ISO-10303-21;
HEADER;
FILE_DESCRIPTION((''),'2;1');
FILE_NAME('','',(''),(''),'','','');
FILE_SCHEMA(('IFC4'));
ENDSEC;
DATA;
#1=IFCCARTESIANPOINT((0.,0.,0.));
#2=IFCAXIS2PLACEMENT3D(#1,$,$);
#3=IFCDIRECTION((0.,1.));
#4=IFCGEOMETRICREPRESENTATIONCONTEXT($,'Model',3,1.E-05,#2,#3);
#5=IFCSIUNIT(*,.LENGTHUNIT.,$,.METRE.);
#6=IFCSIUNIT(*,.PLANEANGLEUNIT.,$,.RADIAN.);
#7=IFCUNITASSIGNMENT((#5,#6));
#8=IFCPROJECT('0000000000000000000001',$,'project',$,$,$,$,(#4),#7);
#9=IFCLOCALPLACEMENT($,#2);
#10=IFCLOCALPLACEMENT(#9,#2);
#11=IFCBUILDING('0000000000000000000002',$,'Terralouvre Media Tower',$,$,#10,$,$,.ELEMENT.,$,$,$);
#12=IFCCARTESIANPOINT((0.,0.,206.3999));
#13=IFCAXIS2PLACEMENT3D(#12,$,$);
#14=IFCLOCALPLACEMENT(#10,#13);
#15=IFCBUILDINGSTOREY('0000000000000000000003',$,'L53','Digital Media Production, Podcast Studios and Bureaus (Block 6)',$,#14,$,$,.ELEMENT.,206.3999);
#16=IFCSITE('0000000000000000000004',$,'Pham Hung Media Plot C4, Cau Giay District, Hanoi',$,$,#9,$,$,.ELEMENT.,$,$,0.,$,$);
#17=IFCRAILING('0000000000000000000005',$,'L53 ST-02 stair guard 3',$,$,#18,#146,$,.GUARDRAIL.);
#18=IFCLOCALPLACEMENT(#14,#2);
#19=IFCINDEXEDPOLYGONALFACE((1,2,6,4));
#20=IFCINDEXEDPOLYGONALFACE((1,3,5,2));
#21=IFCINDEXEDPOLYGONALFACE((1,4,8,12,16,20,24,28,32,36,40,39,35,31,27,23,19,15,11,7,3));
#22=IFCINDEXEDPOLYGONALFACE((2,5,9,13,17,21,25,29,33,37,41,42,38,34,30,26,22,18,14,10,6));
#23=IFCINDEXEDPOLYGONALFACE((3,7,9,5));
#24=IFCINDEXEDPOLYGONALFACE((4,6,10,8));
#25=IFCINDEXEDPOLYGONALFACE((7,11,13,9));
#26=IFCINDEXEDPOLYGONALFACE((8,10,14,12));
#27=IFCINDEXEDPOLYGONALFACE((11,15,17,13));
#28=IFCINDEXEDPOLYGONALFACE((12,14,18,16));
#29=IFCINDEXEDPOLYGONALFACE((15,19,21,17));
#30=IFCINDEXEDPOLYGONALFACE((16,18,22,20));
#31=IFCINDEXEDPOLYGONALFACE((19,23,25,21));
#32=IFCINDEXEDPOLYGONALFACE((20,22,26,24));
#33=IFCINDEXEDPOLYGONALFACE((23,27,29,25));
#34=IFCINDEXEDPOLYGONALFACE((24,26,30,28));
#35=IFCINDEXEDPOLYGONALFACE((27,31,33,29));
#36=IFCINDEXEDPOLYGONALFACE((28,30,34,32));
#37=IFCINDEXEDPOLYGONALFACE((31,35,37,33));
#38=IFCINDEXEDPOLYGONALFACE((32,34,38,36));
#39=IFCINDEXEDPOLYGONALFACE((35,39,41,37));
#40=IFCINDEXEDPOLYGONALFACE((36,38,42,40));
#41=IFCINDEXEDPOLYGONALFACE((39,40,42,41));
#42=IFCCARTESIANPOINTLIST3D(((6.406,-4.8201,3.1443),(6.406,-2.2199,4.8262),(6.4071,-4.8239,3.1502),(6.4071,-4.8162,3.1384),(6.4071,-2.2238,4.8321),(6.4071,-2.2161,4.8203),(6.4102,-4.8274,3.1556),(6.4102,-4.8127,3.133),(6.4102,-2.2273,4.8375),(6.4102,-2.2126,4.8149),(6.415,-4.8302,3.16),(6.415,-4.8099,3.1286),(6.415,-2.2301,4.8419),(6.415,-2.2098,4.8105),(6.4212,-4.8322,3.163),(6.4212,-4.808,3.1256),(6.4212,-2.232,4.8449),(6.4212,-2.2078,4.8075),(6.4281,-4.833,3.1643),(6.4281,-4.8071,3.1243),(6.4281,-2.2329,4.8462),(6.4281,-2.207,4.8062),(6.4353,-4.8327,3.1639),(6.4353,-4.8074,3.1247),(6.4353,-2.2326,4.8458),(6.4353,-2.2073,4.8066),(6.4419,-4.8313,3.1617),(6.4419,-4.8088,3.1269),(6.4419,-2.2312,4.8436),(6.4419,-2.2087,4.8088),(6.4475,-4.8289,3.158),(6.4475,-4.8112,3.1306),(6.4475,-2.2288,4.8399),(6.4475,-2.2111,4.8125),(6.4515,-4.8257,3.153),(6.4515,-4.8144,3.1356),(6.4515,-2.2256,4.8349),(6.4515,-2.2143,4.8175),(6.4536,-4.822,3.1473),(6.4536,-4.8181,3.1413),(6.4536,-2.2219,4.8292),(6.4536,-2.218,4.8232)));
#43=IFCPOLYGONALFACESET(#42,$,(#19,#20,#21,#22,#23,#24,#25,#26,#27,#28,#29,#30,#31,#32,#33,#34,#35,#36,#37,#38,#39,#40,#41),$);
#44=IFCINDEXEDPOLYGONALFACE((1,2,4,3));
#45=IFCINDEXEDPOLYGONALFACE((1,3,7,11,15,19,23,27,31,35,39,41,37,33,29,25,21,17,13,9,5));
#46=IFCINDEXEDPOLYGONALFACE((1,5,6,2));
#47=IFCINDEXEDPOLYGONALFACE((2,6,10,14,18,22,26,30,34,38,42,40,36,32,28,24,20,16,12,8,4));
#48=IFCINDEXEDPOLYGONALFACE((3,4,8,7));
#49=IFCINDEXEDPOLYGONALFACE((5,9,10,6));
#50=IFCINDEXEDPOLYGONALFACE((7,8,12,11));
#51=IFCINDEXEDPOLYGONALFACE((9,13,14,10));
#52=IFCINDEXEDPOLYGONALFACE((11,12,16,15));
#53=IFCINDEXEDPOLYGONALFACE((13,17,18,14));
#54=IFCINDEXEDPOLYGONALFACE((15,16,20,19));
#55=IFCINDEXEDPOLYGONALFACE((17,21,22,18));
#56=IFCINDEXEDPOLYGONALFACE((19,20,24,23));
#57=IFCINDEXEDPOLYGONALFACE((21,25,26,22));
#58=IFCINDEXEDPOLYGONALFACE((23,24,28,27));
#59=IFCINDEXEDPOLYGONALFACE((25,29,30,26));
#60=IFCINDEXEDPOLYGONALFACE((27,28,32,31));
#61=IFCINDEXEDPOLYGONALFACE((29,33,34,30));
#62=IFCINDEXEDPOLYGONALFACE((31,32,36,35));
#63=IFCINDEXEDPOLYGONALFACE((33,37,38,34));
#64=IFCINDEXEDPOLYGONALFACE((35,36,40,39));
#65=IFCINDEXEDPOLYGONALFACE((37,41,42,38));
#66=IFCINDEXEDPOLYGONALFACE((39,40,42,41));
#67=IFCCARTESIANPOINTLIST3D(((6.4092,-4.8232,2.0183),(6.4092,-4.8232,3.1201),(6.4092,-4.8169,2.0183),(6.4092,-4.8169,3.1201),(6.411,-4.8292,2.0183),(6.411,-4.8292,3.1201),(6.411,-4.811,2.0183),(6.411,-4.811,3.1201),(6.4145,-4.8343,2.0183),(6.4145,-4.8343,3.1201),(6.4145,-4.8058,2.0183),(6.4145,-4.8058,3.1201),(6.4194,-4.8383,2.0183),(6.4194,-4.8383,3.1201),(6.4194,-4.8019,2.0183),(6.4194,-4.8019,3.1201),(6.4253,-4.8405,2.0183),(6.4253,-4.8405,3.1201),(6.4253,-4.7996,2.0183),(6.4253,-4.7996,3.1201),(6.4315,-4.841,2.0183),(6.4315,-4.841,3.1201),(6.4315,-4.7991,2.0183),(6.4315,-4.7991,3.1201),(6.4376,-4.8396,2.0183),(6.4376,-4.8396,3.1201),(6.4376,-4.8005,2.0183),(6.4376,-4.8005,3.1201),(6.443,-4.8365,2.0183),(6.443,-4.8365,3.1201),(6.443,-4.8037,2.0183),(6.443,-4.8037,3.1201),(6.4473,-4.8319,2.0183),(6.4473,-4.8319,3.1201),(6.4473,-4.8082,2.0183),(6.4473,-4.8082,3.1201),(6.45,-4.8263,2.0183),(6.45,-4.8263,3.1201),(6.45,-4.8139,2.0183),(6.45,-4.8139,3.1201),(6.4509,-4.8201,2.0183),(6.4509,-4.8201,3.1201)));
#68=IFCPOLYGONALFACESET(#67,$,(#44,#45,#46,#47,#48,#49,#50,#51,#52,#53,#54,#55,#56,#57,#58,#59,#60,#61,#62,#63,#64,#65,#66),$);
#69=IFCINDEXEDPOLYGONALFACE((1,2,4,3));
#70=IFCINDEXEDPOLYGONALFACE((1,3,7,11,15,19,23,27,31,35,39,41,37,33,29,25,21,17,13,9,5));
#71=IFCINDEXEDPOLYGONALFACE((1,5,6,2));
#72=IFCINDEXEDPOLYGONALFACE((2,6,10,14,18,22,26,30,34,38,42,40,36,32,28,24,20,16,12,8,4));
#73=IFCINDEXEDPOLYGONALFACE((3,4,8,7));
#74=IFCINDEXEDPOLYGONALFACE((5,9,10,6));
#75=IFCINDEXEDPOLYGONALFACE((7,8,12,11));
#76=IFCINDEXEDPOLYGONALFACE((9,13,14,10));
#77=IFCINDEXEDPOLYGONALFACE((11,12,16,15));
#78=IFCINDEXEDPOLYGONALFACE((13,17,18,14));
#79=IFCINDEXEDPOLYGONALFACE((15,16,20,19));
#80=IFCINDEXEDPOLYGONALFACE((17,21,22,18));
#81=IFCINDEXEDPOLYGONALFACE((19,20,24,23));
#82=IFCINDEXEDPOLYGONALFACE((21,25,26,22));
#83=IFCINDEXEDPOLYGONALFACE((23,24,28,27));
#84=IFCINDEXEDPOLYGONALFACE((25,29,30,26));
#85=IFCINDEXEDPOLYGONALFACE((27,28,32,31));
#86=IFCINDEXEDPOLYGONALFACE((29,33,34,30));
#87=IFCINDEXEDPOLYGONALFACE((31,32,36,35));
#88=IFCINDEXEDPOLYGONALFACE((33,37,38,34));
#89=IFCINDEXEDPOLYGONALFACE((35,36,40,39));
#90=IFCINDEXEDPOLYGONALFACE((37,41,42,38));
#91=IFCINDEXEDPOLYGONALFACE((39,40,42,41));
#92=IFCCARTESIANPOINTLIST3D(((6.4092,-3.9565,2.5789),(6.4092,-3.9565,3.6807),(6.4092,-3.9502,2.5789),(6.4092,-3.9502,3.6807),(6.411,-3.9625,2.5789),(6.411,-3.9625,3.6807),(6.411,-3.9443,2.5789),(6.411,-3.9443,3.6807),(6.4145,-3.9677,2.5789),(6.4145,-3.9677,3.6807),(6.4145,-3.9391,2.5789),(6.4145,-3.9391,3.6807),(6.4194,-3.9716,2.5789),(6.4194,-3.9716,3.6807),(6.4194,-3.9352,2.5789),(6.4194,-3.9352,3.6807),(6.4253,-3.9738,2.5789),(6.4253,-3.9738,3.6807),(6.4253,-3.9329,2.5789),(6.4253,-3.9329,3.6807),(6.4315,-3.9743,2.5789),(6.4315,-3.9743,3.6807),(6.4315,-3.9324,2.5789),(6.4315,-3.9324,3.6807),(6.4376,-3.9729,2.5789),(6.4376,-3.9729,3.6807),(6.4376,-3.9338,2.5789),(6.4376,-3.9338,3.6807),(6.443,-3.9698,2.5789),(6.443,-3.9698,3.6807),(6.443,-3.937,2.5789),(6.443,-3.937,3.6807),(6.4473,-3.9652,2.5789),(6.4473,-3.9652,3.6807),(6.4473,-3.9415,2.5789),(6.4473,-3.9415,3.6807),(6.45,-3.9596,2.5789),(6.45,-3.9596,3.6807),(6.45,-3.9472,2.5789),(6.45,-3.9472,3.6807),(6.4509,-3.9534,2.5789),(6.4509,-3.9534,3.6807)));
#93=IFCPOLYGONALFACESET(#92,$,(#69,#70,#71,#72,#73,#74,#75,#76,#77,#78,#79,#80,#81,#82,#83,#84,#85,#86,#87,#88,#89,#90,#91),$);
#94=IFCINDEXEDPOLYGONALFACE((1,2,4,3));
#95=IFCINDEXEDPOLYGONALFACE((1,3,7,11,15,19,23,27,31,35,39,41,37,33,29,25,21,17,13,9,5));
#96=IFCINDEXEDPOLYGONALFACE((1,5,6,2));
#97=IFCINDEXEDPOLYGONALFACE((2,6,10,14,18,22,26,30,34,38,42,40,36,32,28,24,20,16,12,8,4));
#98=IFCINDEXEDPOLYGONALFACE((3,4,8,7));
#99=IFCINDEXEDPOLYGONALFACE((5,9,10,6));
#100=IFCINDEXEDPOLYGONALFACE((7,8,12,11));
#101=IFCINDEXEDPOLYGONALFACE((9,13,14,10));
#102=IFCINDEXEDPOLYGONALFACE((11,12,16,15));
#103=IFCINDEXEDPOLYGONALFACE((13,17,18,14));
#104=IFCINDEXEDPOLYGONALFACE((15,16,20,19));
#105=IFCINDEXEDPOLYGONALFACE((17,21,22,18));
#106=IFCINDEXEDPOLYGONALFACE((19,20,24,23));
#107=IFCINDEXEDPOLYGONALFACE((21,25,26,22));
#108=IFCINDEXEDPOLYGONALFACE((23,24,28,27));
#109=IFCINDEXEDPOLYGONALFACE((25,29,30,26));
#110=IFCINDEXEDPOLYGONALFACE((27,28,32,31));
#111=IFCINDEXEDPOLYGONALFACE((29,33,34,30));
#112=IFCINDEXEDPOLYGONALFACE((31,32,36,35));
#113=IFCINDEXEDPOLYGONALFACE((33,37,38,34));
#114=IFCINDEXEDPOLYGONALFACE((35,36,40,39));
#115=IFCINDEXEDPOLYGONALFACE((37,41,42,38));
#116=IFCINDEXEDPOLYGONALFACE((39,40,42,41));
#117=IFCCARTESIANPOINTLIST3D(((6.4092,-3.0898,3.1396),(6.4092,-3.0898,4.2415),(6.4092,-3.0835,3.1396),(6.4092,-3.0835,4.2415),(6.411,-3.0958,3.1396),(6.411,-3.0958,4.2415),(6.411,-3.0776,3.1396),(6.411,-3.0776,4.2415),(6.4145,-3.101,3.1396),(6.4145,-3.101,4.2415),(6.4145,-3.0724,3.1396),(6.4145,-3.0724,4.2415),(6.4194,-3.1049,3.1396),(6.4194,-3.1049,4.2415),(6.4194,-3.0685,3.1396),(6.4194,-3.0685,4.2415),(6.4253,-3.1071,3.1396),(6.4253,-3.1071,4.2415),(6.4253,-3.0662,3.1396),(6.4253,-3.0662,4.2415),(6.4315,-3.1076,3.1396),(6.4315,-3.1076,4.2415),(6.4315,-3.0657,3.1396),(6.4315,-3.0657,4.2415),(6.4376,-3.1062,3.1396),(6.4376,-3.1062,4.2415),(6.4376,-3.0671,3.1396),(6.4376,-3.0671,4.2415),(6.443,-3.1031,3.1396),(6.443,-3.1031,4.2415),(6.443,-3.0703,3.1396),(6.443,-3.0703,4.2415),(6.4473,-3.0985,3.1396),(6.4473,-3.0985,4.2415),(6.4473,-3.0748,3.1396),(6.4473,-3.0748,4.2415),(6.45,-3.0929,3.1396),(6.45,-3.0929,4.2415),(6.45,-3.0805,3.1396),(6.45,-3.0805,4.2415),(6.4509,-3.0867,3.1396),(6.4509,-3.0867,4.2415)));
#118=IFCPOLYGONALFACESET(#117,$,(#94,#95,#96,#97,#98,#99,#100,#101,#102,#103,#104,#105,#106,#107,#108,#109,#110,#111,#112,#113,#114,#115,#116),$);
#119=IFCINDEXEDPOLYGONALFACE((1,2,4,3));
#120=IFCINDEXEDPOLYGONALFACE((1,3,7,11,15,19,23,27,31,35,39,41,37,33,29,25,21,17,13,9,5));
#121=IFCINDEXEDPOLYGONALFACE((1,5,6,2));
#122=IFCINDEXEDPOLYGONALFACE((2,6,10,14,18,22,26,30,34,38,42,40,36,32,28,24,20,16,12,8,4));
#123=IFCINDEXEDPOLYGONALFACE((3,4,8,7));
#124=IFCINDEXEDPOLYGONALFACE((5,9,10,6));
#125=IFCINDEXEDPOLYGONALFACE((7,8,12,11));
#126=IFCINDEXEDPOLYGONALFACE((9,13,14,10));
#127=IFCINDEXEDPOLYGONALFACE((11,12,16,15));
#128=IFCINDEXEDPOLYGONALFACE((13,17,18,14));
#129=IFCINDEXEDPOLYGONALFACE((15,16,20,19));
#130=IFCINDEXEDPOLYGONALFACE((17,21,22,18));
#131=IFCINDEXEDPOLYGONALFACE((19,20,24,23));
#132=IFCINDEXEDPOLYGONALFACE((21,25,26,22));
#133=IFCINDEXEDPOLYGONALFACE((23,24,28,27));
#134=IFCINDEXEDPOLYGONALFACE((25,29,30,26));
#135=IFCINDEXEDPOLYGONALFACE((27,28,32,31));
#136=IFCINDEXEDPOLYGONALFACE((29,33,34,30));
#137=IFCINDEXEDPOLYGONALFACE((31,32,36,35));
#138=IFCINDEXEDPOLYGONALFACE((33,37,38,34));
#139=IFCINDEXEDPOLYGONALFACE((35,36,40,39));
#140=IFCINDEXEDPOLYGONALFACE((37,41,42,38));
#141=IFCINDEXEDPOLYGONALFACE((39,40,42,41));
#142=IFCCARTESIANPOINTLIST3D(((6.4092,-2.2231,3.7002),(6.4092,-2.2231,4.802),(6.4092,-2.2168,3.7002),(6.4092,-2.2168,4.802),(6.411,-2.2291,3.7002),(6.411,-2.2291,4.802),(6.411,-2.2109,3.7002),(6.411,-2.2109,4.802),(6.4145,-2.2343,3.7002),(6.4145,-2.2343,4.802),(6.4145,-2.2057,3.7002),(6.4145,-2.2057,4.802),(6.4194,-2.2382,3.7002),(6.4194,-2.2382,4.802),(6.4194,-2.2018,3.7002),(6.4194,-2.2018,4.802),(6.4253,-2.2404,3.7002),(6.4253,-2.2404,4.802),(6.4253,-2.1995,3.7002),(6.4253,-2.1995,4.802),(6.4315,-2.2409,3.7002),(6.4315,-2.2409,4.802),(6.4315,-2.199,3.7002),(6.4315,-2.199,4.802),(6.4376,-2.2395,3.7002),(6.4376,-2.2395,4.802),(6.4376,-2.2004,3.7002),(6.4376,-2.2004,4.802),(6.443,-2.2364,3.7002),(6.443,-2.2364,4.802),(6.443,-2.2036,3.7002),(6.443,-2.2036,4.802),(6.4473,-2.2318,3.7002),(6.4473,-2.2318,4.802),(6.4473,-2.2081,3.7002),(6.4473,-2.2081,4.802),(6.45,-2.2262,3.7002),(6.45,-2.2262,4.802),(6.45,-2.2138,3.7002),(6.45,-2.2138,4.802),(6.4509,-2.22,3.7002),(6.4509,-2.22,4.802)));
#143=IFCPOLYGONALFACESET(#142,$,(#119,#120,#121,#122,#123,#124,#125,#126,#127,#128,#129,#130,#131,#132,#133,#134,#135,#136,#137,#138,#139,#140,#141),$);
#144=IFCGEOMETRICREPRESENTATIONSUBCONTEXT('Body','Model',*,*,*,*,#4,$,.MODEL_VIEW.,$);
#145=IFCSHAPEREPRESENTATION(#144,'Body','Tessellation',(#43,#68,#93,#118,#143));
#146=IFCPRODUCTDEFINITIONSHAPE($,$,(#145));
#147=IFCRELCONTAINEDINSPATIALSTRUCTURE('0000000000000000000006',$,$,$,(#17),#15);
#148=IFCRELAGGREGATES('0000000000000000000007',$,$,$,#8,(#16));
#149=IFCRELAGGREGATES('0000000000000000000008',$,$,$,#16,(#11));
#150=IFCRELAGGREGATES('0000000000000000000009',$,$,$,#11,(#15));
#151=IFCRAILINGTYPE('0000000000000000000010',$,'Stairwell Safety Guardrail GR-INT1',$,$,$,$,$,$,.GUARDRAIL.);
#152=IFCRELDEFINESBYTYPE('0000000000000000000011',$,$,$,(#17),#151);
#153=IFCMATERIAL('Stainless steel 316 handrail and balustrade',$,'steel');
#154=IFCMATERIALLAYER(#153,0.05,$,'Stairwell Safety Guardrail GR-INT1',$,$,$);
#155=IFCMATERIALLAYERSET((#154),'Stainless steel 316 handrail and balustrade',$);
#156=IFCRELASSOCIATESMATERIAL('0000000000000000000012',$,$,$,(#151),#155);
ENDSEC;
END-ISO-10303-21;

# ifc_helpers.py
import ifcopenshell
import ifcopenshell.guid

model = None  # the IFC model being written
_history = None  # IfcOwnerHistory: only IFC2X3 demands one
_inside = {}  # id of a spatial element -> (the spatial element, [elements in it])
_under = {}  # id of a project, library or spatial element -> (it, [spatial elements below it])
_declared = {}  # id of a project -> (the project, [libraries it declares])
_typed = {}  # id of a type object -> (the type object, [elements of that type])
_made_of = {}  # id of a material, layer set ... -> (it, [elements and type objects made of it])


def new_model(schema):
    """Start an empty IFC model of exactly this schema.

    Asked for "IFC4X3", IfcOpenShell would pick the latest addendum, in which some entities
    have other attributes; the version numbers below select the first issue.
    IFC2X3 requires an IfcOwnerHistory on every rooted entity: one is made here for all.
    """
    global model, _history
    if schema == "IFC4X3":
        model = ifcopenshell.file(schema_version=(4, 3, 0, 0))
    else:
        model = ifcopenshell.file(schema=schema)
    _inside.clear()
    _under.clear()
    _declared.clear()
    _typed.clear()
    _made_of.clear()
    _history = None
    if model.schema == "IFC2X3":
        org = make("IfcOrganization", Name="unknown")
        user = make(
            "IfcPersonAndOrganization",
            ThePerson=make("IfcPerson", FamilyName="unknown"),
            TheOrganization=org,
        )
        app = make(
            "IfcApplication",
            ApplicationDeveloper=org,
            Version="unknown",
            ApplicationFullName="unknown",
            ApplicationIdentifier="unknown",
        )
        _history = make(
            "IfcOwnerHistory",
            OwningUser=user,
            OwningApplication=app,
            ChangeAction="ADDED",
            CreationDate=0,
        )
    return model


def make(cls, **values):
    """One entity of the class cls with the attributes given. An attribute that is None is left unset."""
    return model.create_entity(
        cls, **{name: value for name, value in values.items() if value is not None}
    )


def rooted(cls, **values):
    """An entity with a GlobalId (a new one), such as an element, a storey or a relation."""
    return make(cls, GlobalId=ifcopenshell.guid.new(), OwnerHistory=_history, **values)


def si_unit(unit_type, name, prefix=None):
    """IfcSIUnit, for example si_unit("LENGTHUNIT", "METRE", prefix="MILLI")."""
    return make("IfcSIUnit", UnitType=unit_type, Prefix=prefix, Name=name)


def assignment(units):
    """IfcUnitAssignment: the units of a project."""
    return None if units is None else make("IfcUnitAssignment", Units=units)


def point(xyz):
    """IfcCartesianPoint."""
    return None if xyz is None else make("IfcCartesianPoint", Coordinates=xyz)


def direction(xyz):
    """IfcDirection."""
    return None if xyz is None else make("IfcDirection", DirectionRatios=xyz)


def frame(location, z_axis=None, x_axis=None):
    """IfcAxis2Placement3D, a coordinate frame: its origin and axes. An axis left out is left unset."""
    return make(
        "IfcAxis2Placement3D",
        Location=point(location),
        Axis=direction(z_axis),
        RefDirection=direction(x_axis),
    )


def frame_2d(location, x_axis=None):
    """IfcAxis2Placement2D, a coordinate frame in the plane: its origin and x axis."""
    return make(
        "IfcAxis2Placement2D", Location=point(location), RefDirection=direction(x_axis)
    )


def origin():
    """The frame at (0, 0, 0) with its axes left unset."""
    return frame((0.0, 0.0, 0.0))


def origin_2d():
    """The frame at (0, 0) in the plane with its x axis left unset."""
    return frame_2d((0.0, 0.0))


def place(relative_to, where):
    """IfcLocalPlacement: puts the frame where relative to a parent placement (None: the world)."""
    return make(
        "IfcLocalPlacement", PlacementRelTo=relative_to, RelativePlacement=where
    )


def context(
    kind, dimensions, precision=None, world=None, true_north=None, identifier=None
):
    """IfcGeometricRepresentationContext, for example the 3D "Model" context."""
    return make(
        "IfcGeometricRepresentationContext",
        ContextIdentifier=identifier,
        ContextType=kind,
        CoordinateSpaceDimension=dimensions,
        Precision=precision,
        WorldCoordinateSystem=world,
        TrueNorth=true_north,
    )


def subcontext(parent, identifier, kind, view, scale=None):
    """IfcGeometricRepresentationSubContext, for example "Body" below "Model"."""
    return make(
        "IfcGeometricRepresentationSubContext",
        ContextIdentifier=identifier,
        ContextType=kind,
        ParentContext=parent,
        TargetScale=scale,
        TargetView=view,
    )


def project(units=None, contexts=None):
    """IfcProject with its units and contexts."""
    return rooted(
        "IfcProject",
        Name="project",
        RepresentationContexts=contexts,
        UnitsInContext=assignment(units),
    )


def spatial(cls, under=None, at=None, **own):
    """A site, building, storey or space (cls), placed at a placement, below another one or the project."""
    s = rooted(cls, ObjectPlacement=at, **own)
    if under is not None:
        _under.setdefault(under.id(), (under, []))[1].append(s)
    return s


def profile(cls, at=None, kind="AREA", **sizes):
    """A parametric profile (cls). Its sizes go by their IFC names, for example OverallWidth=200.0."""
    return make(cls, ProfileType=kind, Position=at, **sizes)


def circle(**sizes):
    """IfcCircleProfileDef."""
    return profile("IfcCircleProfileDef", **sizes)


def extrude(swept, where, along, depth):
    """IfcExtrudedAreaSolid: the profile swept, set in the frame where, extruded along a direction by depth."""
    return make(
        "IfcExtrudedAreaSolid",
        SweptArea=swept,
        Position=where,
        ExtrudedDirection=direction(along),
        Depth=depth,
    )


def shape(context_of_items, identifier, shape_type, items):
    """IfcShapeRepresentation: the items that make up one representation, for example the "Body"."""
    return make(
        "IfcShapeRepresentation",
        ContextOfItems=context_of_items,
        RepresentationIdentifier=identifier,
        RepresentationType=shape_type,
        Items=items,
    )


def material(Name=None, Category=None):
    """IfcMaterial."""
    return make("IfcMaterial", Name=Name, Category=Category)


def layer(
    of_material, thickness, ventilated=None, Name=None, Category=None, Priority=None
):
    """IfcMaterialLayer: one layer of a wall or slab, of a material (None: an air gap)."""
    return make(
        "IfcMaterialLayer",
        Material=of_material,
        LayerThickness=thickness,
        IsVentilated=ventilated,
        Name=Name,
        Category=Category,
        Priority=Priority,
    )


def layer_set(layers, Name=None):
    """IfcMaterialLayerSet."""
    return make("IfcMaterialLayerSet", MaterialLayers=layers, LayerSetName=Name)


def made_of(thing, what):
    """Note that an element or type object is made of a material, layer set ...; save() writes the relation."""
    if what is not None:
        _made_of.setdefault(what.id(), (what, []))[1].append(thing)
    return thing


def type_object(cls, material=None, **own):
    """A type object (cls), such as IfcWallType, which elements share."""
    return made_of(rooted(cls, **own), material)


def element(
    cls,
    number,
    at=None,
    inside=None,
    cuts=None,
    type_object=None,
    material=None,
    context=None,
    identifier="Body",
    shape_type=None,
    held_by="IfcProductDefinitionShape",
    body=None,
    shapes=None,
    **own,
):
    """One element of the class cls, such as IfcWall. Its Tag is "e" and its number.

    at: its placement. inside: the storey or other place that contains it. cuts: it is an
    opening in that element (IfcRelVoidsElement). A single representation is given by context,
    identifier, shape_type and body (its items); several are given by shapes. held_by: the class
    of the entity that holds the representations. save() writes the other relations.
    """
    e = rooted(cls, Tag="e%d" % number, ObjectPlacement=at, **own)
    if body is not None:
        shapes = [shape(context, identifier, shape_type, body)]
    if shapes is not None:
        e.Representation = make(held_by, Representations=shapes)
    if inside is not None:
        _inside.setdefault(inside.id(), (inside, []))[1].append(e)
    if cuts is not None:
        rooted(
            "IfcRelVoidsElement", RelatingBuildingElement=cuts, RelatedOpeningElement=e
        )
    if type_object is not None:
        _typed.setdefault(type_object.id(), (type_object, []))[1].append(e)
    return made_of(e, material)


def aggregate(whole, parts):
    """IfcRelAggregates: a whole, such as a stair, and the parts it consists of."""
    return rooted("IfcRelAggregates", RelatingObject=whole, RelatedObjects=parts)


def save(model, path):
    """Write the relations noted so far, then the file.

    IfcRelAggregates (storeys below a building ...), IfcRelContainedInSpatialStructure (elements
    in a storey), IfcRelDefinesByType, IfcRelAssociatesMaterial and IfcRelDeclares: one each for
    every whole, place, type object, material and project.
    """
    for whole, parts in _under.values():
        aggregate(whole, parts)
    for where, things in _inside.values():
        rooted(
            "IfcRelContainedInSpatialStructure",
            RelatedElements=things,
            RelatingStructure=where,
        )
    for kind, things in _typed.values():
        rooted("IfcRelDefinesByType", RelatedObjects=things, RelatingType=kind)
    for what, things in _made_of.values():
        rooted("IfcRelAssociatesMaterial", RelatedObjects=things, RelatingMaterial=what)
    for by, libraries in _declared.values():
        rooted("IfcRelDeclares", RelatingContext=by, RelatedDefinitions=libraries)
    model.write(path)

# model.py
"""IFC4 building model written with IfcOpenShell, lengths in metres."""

from ifc_helpers import new_model, si_unit, direction, frame, origin, origin_2d, place, context, subcontext, project, spatial, circle, extrude, material, layer, layer_set, type_object, element, save


model = new_model("IFC4")

# Units and contexts
model_context = context("Model", 3, precision=1e-05, world=origin(), true_north=direction((0.0, 1.0)))
body_context = subcontext(model_context, "Body", "Model", "MODEL_VIEW")
ifc_project = project(units=[si_unit("LENGTHUNIT", "METRE"), si_unit("PLANEANGLEUNIT", "RADIAN")], contexts=[model_context])

# Site, building, storey
site_placement = place(None, origin())
site = spatial("IfcSite", under=ifc_project, at=site_placement, Name="Pham Hung Media Plot C4, Cau Giay District, Hanoi", CompositionType="ELEMENT", RefElevation=0.0)
building_placement = place(site_placement, origin())
building = spatial("IfcBuilding", under=site, at=building_placement, Name="Terralouvre Media Tower", CompositionType="ELEMENT")
storey_placement = place(building_placement, frame((0.0, 0.0, 206.3999)))
storey = spatial("IfcBuildingStorey", under=building, at=storey_placement, Name="L53", Description="Digital Media Production, Podcast Studios and Bureaus (Block 6)", CompositionType="ELEMENT", Elevation=206.3999)

# Railing
ifc_material_1 = material(Name="Stainless steel 316 handrail and balustrade", Category="steel")
ifc_layer_1 = layer(ifc_material_1, 0.05, Name="Stairwell Safety Guardrail GR-INT1")
ifc_layer_set_1 = layer_set([ifc_layer_1], Name="Stainless steel 316 handrail and balustrade")
railing_type_1 = type_object("IfcRailingType", Name="Stairwell Safety Guardrail GR-INT1", PredefinedType="GUARDRAIL", material=ifc_layer_set_1)
railing_1_placement = place(storey_placement, frame((6.4299, -4.8201, 2.0183)))
element("IfcRailing", 1, at=railing_1_placement, inside=storey, type_object=railing_type_1, Name="L53 ST-02 stair guard 3", PredefinedType="GUARDRAIL", context=body_context, shape_type="SweptSolid", body=[
    extrude(circle(Radius=0.0239, at=origin_2d()), frame((0.0, 0.0, 1.126), z_axis=(0.0, 0.839648, 0.54313), x_axis=(-1.0, 0.0, 0.0)), (0.0, 0.0, 1.0), 3.0967),
    extrude(circle(Radius=0.021, at=origin_2d()), origin(), (0.0, 0.0, 1.0), 1.1018),
    extrude(circle(Radius=0.021, at=origin_2d()), frame((0.0, 0.8667, 0.5605)), (0.0, 0.0, 1.0), 1.1018),
    extrude(circle(Radius=0.021, at=origin_2d()), frame((0.0, 1.7334, 1.1213)), (0.0, 0.0, 1.0), 1.1018),
    extrude(circle(Radius=0.021, at=origin_2d()), frame((0.0, 2.6001, 1.6819)), (0.0, 0.0, 1.0), 1.1018),
])

save(model, "model.ifc")
